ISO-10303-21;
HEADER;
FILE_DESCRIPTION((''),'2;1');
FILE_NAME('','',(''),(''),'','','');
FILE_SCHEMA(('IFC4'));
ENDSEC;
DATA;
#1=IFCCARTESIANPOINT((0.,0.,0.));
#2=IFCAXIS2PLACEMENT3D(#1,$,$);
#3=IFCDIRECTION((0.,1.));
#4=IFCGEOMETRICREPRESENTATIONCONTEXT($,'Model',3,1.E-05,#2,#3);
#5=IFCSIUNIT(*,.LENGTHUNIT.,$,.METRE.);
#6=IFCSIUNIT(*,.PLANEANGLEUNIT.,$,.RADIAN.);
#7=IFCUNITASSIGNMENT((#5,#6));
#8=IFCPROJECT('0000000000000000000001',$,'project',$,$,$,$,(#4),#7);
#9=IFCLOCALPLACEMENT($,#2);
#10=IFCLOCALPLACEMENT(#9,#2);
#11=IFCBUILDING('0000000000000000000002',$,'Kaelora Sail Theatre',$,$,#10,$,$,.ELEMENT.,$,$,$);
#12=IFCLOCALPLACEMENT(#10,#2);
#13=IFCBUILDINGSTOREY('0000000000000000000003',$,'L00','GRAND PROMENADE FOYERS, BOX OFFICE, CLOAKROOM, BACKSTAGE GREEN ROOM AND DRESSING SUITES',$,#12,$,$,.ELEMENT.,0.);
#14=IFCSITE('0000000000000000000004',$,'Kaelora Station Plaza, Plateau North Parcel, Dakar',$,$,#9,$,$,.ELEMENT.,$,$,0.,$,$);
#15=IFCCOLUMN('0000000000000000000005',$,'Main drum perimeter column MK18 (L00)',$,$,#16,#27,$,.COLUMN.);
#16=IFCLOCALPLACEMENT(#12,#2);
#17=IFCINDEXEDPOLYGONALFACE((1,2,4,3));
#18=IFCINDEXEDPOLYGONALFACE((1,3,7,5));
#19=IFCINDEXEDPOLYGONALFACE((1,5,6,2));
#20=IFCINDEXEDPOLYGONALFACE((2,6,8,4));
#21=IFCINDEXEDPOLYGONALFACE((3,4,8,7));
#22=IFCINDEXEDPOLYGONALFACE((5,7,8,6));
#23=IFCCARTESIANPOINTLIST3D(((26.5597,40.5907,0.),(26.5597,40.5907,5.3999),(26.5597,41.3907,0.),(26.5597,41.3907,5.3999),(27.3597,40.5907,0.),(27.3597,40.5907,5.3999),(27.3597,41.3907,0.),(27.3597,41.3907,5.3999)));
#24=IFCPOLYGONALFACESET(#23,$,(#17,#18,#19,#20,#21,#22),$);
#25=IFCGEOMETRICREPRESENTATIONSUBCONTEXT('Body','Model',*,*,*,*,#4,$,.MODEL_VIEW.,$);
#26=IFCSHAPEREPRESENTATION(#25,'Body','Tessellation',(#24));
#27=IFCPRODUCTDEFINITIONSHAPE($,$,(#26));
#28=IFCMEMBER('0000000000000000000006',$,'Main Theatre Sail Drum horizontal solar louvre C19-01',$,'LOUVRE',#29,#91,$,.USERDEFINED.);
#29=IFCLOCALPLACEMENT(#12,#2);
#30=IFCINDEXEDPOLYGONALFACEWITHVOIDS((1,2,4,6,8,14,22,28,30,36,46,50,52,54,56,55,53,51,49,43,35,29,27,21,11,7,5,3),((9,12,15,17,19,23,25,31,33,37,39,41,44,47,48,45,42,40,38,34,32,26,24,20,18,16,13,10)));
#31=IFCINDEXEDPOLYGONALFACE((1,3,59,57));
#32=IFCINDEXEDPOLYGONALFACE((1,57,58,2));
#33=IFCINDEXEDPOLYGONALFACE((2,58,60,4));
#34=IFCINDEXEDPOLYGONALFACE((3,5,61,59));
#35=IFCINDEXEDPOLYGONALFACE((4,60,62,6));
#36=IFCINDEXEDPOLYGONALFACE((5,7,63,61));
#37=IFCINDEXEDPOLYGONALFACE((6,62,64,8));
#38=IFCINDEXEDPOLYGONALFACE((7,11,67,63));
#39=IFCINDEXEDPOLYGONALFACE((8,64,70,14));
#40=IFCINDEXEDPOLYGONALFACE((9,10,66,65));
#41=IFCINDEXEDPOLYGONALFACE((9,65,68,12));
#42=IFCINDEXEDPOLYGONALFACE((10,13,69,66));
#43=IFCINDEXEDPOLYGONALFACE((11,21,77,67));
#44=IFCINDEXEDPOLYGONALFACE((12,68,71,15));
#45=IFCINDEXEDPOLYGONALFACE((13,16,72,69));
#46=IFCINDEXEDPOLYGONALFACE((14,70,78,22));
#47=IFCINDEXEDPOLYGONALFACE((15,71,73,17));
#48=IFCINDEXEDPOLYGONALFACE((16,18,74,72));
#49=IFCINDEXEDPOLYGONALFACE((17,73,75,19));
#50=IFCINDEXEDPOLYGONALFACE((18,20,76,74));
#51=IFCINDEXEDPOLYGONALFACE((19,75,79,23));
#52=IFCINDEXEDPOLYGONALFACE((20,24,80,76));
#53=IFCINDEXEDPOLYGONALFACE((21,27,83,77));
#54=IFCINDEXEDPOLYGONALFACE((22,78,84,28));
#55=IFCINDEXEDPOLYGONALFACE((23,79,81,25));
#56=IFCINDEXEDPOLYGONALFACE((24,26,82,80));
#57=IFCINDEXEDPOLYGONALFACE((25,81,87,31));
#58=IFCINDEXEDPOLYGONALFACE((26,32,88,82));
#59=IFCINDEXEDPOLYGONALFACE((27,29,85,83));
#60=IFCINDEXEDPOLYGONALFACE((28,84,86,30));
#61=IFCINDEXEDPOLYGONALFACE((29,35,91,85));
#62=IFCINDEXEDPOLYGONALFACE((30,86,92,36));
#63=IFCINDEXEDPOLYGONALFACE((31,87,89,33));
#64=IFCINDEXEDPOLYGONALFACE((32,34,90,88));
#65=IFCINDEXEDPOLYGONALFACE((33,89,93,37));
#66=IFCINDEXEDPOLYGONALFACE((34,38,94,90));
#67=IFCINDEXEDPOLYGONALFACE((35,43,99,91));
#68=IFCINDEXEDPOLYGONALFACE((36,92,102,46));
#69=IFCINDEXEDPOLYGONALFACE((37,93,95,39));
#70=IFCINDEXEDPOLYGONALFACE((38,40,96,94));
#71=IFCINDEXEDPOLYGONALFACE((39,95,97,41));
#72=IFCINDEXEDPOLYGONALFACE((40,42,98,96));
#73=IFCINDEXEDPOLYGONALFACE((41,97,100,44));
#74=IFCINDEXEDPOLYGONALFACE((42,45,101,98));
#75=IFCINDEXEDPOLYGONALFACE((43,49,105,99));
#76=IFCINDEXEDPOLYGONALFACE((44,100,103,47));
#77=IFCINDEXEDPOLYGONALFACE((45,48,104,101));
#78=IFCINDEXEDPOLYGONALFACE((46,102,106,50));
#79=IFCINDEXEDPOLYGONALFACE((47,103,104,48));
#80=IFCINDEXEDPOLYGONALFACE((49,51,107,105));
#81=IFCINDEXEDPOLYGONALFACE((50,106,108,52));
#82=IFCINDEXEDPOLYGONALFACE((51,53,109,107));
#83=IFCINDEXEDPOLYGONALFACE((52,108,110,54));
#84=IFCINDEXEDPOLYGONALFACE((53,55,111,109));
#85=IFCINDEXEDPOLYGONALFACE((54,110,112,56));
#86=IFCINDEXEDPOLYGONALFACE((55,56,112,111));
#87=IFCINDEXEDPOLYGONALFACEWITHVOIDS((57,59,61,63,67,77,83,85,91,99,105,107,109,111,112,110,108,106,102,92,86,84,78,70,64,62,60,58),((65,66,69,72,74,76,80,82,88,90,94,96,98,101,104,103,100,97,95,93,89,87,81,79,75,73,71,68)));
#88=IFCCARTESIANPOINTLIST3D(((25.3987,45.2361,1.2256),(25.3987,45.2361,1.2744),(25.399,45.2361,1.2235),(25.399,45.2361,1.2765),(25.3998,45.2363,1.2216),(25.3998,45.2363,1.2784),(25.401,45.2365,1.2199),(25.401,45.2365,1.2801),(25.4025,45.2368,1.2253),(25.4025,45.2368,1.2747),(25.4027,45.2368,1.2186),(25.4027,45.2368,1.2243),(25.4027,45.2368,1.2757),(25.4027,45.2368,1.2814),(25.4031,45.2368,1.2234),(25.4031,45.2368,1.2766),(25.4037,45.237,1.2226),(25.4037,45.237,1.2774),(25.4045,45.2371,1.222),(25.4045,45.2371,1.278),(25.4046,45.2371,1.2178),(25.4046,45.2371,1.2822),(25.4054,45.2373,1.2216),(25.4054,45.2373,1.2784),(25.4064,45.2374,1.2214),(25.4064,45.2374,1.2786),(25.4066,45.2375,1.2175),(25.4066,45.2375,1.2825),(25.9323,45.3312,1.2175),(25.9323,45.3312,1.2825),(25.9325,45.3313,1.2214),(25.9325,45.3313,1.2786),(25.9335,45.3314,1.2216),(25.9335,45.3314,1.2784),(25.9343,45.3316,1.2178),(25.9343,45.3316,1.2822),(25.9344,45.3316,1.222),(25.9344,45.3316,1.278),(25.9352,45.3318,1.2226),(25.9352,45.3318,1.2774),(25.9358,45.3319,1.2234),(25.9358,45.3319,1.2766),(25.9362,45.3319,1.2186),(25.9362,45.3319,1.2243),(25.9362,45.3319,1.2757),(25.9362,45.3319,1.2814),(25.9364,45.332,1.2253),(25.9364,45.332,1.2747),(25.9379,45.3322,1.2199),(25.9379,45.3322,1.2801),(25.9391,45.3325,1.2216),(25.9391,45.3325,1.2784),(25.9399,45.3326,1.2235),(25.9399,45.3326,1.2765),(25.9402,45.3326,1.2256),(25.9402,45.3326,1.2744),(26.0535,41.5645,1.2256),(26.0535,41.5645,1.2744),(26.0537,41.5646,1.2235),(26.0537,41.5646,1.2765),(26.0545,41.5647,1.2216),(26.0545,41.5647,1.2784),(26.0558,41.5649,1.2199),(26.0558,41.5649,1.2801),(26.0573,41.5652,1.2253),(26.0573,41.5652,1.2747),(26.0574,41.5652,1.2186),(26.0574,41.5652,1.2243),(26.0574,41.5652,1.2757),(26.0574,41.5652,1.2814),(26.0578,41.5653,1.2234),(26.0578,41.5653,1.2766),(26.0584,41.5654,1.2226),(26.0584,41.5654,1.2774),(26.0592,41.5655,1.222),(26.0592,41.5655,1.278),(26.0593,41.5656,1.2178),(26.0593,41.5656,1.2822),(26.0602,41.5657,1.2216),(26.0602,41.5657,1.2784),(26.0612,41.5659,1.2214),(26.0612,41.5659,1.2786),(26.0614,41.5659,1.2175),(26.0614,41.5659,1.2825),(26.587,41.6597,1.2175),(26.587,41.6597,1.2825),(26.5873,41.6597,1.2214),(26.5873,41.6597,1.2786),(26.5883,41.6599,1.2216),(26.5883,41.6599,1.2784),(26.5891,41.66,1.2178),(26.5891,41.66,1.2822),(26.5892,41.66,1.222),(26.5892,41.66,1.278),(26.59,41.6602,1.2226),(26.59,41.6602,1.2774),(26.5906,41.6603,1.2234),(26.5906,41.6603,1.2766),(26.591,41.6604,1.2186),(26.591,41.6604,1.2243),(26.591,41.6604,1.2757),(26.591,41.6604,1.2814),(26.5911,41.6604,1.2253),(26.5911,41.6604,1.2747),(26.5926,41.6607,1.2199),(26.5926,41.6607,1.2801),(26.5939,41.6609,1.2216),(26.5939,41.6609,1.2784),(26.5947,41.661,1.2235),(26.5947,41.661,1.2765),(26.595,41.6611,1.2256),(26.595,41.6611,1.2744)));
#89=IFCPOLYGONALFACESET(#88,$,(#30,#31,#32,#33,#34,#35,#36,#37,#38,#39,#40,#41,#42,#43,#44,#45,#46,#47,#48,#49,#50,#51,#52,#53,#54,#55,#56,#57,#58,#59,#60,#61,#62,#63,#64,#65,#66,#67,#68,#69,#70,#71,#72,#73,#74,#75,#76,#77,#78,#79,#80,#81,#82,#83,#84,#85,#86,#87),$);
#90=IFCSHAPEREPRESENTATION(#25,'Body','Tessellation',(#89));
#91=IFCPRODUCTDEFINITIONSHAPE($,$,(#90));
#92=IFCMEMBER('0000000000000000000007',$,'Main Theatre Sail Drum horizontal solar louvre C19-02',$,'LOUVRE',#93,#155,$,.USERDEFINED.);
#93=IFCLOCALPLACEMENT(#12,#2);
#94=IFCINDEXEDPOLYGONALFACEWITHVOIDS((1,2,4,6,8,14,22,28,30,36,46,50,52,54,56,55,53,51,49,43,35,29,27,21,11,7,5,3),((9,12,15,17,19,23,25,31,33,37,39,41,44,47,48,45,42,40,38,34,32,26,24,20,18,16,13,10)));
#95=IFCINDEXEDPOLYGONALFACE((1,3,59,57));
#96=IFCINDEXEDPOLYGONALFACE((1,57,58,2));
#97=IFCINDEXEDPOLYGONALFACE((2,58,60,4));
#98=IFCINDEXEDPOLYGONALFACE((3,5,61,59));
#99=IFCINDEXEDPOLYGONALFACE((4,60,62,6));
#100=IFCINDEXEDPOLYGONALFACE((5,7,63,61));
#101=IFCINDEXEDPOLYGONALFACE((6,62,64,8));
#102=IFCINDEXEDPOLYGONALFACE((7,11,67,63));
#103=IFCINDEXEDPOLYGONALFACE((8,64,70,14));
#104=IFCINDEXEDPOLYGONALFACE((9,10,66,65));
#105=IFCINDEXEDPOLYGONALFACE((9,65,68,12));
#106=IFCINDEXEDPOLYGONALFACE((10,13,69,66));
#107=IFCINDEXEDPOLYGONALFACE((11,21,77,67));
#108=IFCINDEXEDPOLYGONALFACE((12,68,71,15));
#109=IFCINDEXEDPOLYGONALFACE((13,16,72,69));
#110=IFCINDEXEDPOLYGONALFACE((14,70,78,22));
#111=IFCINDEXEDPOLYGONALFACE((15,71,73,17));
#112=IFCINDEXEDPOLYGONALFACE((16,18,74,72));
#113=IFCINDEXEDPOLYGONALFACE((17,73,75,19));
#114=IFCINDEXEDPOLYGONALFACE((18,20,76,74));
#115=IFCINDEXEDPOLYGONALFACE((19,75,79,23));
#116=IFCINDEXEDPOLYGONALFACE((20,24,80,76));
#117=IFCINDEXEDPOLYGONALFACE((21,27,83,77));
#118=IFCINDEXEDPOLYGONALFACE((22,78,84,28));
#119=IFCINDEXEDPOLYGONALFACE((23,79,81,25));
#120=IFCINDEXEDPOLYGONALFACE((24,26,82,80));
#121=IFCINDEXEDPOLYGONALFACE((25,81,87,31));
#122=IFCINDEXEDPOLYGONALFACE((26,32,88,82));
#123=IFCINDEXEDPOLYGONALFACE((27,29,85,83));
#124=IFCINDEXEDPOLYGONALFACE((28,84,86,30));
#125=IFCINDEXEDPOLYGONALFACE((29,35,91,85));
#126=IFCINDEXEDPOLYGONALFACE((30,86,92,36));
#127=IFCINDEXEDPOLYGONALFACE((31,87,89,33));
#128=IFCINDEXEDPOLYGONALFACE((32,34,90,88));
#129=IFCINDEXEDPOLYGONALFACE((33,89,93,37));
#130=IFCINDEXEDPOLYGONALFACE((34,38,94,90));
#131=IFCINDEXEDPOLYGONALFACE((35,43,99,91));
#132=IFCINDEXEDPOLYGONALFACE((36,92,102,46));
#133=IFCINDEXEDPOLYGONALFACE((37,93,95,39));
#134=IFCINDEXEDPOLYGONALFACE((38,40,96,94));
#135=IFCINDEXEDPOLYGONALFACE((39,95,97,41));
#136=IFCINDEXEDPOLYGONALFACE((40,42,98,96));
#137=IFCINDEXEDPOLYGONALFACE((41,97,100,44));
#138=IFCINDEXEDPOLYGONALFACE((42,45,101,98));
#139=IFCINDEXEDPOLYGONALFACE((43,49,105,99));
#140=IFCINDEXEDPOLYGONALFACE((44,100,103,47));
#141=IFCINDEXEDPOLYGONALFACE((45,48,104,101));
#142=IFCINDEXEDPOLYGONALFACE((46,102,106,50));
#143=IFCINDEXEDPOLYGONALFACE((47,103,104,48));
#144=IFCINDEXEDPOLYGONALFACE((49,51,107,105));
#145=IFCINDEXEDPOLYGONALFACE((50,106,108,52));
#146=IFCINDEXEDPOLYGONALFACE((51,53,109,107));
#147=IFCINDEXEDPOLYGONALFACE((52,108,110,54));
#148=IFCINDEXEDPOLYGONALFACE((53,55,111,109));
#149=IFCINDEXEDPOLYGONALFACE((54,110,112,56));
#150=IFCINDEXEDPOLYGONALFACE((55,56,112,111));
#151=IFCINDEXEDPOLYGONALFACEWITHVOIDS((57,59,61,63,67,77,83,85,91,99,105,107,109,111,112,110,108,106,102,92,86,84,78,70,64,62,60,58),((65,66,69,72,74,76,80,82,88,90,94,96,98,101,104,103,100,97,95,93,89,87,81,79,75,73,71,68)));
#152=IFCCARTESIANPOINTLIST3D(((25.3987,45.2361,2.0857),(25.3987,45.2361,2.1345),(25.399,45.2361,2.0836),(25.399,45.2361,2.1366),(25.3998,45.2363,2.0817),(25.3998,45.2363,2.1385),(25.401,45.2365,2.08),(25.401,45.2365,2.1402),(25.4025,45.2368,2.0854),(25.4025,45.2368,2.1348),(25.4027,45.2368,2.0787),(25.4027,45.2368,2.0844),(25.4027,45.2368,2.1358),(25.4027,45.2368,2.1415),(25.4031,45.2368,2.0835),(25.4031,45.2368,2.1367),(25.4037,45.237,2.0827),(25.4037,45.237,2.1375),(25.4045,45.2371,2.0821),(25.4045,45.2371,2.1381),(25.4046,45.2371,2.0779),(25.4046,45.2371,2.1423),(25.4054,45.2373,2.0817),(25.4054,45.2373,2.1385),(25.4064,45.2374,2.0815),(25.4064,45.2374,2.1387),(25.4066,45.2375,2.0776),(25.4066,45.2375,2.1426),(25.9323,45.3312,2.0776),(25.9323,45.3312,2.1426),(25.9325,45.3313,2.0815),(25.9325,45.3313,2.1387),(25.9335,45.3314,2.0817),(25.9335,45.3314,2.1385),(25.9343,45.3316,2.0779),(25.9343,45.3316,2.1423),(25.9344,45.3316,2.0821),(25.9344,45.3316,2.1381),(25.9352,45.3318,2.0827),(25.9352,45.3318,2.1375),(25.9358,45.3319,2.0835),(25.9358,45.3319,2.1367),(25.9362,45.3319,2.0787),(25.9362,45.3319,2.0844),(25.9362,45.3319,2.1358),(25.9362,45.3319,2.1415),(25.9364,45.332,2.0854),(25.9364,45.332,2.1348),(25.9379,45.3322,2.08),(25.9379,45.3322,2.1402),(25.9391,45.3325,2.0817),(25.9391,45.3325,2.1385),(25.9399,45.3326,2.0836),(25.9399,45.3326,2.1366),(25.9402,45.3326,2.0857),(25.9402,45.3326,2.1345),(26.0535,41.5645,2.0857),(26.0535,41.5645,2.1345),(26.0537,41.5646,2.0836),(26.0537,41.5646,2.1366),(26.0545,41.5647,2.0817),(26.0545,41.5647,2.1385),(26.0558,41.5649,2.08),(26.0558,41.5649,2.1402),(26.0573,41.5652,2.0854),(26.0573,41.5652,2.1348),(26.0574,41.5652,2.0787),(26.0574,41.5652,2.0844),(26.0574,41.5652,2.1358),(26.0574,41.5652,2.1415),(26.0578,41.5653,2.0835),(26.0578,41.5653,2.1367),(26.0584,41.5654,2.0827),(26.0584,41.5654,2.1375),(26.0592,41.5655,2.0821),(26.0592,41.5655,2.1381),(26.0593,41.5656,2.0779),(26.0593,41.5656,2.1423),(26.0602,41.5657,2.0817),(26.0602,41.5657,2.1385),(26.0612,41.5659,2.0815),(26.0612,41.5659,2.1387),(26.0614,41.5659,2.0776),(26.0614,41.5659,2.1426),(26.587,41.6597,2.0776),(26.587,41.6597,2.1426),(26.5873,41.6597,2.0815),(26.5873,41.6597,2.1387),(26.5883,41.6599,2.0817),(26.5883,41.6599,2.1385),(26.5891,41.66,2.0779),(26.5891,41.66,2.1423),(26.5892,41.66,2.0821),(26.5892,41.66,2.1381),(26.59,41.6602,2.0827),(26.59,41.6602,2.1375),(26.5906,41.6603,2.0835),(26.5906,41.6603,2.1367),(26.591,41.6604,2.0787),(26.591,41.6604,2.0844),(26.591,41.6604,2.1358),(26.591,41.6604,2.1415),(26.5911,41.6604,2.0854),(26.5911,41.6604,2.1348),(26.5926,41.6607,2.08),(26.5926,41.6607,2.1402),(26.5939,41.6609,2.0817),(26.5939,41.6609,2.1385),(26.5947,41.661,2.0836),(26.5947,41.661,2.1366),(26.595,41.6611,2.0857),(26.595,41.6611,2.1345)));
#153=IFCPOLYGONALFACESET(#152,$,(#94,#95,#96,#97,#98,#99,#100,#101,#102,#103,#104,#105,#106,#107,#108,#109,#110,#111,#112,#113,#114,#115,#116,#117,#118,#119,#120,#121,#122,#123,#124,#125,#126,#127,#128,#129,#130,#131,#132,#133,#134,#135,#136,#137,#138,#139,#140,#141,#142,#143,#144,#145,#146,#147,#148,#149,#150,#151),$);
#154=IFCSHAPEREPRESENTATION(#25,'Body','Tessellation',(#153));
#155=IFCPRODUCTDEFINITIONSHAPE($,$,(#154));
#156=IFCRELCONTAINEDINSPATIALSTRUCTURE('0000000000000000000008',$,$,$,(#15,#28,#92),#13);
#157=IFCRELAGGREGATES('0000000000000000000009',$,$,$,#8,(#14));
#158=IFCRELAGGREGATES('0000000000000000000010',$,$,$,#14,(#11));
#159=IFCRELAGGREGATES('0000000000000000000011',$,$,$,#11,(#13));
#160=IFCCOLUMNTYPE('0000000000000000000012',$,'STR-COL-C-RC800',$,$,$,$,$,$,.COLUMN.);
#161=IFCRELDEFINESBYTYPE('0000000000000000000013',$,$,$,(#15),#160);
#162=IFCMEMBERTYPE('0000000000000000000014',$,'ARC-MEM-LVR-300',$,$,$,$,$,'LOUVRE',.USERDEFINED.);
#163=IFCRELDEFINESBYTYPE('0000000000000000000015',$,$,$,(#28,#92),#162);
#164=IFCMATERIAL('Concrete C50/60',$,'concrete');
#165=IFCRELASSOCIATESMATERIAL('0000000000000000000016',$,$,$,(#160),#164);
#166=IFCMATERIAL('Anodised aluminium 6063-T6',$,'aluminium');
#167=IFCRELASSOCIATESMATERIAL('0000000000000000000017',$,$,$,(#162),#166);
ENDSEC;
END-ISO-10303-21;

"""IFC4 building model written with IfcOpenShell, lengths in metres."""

from ifc_helpers import new_model, si_unit, direction, frame, origin, origin_2d, place, context, subcontext, project, spatial, rectangle, hollow_rectangle, extrude, material, material_profile, profile_set, type_object, element, save


model = new_model("IFC4")

# Units and contexts
model_context = context("Model", 3, precision=1e-05, world=origin(), true_north=direction((0.0, 1.0)))
body_context = subcontext(model_context, "Body", "Model", "MODEL_VIEW")
ifc_project = project(units=[si_unit("LENGTHUNIT", "METRE"), si_unit("PLANEANGLEUNIT", "RADIAN")], contexts=[model_context])

# Site, building, storey
site_placement = place(None, origin())
site = spatial("IfcSite", under=ifc_project, at=site_placement, Name="Kaelora Station Plaza, Plateau North Parcel, Dakar", CompositionType="ELEMENT", RefElevation=0.0)
building_placement = place(site_placement, origin())
building = spatial("IfcBuilding", under=site, at=building_placement, Name="Kaelora Sail Theatre", CompositionType="ELEMENT")
storey_placement = place(building_placement, origin())
storey = spatial("IfcBuildingStorey", under=building, at=storey_placement, Name="L00", Description="GRAND PROMENADE FOYERS, BOX OFFICE, CLOAKROOM, BACKSTAGE GREEN ROOM AND DRESSING SUITES", CompositionType="ELEMENT", Elevation=0.0)

# Column
ifc_material_1 = material(Name="Concrete C50/60", Category="concrete")
ifc_material_profile_1 = material_profile(ifc_material_1, rectangle(XDim=0.8, YDim=0.8, at=origin_2d()), Name="RC-COL 800x800")
ifc_profile_set_1 = profile_set([ifc_material_profile_1], Name="Concrete C50/60")
column_type = type_object("IfcColumnType", Name="STR-COL-C-RC800", PredefinedType="COLUMN", material=ifc_profile_set_1)
column_placement = place(storey_placement, frame((26.9597, 40.9907, 0.0), z_axis=(0.0, 0.0, 1.0), x_axis=(1.0, 0.0, 0.0)))
element("IfcColumn", 1, at=column_placement, inside=storey, type_object=column_type, Name="Main drum perimeter column MK18 (L00)", PredefinedType="COLUMN", context=body_context, shape_type="SweptSolid", body=[
    extrude(rectangle(XDim=0.8, YDim=0.8, at=origin_2d()), origin(), (0.0, 0.0, 1.0), 5.3999),
])

# Members
ifc_material_2 = material(Name="Anodised aluminium 6063-T6", Category="aluminium")
ifc_material_profile_2 = material_profile(ifc_material_2, hollow_rectangle(XDim=0.55, YDim=0.0649, WallThickness=0.0039, InnerFilletRadius=0.0039, OuterFilletRadius=0.0081, at=origin_2d()), Name="LOUVRE 550x65x4")
ifc_profile_set_2 = profile_set([ifc_material_profile_2], Name="Anodised aluminium 6063-T6")
member_type_1 = type_object("IfcMemberType", Name="ARC-MEM-LVR-300", ElementType="LOUVRE", PredefinedType="USERDEFINED", material=ifc_profile_set_2)
for number, where, z_axis, x_axis, name in (
    (2, (26.3242, 41.6128, 1.25), (-0.175566, 0.984468, 0.0), (-0.984468, -0.175566, 0.0), "Main Theatre Sail Drum horizontal solar louvre C19-01"),
    (3, (26.3242, 41.6128, 2.1101), (-0.175566, 0.984468, 0.0), (-0.984468, -0.175566, 0.0), "Main Theatre Sail Drum horizontal solar louvre C19-02"),
):
    element("IfcMember", number, at=place(storey_placement, frame(where, z_axis=z_axis, x_axis=x_axis)), inside=storey, type_object=member_type_1, Name=name, ObjectType="LOUVRE", PredefinedType="USERDEFINED", context=body_context, shape_type="SweptSolid", body=[
        extrude(hollow_rectangle(XDim=0.55, YDim=0.0649, WallThickness=0.0039, InnerFilletRadius=0.0039, OuterFilletRadius=0.0081, at=origin_2d()), origin(), (0.0, 0.0, 1.0), 3.7295),
    ])

save(model, "model.ifc")
